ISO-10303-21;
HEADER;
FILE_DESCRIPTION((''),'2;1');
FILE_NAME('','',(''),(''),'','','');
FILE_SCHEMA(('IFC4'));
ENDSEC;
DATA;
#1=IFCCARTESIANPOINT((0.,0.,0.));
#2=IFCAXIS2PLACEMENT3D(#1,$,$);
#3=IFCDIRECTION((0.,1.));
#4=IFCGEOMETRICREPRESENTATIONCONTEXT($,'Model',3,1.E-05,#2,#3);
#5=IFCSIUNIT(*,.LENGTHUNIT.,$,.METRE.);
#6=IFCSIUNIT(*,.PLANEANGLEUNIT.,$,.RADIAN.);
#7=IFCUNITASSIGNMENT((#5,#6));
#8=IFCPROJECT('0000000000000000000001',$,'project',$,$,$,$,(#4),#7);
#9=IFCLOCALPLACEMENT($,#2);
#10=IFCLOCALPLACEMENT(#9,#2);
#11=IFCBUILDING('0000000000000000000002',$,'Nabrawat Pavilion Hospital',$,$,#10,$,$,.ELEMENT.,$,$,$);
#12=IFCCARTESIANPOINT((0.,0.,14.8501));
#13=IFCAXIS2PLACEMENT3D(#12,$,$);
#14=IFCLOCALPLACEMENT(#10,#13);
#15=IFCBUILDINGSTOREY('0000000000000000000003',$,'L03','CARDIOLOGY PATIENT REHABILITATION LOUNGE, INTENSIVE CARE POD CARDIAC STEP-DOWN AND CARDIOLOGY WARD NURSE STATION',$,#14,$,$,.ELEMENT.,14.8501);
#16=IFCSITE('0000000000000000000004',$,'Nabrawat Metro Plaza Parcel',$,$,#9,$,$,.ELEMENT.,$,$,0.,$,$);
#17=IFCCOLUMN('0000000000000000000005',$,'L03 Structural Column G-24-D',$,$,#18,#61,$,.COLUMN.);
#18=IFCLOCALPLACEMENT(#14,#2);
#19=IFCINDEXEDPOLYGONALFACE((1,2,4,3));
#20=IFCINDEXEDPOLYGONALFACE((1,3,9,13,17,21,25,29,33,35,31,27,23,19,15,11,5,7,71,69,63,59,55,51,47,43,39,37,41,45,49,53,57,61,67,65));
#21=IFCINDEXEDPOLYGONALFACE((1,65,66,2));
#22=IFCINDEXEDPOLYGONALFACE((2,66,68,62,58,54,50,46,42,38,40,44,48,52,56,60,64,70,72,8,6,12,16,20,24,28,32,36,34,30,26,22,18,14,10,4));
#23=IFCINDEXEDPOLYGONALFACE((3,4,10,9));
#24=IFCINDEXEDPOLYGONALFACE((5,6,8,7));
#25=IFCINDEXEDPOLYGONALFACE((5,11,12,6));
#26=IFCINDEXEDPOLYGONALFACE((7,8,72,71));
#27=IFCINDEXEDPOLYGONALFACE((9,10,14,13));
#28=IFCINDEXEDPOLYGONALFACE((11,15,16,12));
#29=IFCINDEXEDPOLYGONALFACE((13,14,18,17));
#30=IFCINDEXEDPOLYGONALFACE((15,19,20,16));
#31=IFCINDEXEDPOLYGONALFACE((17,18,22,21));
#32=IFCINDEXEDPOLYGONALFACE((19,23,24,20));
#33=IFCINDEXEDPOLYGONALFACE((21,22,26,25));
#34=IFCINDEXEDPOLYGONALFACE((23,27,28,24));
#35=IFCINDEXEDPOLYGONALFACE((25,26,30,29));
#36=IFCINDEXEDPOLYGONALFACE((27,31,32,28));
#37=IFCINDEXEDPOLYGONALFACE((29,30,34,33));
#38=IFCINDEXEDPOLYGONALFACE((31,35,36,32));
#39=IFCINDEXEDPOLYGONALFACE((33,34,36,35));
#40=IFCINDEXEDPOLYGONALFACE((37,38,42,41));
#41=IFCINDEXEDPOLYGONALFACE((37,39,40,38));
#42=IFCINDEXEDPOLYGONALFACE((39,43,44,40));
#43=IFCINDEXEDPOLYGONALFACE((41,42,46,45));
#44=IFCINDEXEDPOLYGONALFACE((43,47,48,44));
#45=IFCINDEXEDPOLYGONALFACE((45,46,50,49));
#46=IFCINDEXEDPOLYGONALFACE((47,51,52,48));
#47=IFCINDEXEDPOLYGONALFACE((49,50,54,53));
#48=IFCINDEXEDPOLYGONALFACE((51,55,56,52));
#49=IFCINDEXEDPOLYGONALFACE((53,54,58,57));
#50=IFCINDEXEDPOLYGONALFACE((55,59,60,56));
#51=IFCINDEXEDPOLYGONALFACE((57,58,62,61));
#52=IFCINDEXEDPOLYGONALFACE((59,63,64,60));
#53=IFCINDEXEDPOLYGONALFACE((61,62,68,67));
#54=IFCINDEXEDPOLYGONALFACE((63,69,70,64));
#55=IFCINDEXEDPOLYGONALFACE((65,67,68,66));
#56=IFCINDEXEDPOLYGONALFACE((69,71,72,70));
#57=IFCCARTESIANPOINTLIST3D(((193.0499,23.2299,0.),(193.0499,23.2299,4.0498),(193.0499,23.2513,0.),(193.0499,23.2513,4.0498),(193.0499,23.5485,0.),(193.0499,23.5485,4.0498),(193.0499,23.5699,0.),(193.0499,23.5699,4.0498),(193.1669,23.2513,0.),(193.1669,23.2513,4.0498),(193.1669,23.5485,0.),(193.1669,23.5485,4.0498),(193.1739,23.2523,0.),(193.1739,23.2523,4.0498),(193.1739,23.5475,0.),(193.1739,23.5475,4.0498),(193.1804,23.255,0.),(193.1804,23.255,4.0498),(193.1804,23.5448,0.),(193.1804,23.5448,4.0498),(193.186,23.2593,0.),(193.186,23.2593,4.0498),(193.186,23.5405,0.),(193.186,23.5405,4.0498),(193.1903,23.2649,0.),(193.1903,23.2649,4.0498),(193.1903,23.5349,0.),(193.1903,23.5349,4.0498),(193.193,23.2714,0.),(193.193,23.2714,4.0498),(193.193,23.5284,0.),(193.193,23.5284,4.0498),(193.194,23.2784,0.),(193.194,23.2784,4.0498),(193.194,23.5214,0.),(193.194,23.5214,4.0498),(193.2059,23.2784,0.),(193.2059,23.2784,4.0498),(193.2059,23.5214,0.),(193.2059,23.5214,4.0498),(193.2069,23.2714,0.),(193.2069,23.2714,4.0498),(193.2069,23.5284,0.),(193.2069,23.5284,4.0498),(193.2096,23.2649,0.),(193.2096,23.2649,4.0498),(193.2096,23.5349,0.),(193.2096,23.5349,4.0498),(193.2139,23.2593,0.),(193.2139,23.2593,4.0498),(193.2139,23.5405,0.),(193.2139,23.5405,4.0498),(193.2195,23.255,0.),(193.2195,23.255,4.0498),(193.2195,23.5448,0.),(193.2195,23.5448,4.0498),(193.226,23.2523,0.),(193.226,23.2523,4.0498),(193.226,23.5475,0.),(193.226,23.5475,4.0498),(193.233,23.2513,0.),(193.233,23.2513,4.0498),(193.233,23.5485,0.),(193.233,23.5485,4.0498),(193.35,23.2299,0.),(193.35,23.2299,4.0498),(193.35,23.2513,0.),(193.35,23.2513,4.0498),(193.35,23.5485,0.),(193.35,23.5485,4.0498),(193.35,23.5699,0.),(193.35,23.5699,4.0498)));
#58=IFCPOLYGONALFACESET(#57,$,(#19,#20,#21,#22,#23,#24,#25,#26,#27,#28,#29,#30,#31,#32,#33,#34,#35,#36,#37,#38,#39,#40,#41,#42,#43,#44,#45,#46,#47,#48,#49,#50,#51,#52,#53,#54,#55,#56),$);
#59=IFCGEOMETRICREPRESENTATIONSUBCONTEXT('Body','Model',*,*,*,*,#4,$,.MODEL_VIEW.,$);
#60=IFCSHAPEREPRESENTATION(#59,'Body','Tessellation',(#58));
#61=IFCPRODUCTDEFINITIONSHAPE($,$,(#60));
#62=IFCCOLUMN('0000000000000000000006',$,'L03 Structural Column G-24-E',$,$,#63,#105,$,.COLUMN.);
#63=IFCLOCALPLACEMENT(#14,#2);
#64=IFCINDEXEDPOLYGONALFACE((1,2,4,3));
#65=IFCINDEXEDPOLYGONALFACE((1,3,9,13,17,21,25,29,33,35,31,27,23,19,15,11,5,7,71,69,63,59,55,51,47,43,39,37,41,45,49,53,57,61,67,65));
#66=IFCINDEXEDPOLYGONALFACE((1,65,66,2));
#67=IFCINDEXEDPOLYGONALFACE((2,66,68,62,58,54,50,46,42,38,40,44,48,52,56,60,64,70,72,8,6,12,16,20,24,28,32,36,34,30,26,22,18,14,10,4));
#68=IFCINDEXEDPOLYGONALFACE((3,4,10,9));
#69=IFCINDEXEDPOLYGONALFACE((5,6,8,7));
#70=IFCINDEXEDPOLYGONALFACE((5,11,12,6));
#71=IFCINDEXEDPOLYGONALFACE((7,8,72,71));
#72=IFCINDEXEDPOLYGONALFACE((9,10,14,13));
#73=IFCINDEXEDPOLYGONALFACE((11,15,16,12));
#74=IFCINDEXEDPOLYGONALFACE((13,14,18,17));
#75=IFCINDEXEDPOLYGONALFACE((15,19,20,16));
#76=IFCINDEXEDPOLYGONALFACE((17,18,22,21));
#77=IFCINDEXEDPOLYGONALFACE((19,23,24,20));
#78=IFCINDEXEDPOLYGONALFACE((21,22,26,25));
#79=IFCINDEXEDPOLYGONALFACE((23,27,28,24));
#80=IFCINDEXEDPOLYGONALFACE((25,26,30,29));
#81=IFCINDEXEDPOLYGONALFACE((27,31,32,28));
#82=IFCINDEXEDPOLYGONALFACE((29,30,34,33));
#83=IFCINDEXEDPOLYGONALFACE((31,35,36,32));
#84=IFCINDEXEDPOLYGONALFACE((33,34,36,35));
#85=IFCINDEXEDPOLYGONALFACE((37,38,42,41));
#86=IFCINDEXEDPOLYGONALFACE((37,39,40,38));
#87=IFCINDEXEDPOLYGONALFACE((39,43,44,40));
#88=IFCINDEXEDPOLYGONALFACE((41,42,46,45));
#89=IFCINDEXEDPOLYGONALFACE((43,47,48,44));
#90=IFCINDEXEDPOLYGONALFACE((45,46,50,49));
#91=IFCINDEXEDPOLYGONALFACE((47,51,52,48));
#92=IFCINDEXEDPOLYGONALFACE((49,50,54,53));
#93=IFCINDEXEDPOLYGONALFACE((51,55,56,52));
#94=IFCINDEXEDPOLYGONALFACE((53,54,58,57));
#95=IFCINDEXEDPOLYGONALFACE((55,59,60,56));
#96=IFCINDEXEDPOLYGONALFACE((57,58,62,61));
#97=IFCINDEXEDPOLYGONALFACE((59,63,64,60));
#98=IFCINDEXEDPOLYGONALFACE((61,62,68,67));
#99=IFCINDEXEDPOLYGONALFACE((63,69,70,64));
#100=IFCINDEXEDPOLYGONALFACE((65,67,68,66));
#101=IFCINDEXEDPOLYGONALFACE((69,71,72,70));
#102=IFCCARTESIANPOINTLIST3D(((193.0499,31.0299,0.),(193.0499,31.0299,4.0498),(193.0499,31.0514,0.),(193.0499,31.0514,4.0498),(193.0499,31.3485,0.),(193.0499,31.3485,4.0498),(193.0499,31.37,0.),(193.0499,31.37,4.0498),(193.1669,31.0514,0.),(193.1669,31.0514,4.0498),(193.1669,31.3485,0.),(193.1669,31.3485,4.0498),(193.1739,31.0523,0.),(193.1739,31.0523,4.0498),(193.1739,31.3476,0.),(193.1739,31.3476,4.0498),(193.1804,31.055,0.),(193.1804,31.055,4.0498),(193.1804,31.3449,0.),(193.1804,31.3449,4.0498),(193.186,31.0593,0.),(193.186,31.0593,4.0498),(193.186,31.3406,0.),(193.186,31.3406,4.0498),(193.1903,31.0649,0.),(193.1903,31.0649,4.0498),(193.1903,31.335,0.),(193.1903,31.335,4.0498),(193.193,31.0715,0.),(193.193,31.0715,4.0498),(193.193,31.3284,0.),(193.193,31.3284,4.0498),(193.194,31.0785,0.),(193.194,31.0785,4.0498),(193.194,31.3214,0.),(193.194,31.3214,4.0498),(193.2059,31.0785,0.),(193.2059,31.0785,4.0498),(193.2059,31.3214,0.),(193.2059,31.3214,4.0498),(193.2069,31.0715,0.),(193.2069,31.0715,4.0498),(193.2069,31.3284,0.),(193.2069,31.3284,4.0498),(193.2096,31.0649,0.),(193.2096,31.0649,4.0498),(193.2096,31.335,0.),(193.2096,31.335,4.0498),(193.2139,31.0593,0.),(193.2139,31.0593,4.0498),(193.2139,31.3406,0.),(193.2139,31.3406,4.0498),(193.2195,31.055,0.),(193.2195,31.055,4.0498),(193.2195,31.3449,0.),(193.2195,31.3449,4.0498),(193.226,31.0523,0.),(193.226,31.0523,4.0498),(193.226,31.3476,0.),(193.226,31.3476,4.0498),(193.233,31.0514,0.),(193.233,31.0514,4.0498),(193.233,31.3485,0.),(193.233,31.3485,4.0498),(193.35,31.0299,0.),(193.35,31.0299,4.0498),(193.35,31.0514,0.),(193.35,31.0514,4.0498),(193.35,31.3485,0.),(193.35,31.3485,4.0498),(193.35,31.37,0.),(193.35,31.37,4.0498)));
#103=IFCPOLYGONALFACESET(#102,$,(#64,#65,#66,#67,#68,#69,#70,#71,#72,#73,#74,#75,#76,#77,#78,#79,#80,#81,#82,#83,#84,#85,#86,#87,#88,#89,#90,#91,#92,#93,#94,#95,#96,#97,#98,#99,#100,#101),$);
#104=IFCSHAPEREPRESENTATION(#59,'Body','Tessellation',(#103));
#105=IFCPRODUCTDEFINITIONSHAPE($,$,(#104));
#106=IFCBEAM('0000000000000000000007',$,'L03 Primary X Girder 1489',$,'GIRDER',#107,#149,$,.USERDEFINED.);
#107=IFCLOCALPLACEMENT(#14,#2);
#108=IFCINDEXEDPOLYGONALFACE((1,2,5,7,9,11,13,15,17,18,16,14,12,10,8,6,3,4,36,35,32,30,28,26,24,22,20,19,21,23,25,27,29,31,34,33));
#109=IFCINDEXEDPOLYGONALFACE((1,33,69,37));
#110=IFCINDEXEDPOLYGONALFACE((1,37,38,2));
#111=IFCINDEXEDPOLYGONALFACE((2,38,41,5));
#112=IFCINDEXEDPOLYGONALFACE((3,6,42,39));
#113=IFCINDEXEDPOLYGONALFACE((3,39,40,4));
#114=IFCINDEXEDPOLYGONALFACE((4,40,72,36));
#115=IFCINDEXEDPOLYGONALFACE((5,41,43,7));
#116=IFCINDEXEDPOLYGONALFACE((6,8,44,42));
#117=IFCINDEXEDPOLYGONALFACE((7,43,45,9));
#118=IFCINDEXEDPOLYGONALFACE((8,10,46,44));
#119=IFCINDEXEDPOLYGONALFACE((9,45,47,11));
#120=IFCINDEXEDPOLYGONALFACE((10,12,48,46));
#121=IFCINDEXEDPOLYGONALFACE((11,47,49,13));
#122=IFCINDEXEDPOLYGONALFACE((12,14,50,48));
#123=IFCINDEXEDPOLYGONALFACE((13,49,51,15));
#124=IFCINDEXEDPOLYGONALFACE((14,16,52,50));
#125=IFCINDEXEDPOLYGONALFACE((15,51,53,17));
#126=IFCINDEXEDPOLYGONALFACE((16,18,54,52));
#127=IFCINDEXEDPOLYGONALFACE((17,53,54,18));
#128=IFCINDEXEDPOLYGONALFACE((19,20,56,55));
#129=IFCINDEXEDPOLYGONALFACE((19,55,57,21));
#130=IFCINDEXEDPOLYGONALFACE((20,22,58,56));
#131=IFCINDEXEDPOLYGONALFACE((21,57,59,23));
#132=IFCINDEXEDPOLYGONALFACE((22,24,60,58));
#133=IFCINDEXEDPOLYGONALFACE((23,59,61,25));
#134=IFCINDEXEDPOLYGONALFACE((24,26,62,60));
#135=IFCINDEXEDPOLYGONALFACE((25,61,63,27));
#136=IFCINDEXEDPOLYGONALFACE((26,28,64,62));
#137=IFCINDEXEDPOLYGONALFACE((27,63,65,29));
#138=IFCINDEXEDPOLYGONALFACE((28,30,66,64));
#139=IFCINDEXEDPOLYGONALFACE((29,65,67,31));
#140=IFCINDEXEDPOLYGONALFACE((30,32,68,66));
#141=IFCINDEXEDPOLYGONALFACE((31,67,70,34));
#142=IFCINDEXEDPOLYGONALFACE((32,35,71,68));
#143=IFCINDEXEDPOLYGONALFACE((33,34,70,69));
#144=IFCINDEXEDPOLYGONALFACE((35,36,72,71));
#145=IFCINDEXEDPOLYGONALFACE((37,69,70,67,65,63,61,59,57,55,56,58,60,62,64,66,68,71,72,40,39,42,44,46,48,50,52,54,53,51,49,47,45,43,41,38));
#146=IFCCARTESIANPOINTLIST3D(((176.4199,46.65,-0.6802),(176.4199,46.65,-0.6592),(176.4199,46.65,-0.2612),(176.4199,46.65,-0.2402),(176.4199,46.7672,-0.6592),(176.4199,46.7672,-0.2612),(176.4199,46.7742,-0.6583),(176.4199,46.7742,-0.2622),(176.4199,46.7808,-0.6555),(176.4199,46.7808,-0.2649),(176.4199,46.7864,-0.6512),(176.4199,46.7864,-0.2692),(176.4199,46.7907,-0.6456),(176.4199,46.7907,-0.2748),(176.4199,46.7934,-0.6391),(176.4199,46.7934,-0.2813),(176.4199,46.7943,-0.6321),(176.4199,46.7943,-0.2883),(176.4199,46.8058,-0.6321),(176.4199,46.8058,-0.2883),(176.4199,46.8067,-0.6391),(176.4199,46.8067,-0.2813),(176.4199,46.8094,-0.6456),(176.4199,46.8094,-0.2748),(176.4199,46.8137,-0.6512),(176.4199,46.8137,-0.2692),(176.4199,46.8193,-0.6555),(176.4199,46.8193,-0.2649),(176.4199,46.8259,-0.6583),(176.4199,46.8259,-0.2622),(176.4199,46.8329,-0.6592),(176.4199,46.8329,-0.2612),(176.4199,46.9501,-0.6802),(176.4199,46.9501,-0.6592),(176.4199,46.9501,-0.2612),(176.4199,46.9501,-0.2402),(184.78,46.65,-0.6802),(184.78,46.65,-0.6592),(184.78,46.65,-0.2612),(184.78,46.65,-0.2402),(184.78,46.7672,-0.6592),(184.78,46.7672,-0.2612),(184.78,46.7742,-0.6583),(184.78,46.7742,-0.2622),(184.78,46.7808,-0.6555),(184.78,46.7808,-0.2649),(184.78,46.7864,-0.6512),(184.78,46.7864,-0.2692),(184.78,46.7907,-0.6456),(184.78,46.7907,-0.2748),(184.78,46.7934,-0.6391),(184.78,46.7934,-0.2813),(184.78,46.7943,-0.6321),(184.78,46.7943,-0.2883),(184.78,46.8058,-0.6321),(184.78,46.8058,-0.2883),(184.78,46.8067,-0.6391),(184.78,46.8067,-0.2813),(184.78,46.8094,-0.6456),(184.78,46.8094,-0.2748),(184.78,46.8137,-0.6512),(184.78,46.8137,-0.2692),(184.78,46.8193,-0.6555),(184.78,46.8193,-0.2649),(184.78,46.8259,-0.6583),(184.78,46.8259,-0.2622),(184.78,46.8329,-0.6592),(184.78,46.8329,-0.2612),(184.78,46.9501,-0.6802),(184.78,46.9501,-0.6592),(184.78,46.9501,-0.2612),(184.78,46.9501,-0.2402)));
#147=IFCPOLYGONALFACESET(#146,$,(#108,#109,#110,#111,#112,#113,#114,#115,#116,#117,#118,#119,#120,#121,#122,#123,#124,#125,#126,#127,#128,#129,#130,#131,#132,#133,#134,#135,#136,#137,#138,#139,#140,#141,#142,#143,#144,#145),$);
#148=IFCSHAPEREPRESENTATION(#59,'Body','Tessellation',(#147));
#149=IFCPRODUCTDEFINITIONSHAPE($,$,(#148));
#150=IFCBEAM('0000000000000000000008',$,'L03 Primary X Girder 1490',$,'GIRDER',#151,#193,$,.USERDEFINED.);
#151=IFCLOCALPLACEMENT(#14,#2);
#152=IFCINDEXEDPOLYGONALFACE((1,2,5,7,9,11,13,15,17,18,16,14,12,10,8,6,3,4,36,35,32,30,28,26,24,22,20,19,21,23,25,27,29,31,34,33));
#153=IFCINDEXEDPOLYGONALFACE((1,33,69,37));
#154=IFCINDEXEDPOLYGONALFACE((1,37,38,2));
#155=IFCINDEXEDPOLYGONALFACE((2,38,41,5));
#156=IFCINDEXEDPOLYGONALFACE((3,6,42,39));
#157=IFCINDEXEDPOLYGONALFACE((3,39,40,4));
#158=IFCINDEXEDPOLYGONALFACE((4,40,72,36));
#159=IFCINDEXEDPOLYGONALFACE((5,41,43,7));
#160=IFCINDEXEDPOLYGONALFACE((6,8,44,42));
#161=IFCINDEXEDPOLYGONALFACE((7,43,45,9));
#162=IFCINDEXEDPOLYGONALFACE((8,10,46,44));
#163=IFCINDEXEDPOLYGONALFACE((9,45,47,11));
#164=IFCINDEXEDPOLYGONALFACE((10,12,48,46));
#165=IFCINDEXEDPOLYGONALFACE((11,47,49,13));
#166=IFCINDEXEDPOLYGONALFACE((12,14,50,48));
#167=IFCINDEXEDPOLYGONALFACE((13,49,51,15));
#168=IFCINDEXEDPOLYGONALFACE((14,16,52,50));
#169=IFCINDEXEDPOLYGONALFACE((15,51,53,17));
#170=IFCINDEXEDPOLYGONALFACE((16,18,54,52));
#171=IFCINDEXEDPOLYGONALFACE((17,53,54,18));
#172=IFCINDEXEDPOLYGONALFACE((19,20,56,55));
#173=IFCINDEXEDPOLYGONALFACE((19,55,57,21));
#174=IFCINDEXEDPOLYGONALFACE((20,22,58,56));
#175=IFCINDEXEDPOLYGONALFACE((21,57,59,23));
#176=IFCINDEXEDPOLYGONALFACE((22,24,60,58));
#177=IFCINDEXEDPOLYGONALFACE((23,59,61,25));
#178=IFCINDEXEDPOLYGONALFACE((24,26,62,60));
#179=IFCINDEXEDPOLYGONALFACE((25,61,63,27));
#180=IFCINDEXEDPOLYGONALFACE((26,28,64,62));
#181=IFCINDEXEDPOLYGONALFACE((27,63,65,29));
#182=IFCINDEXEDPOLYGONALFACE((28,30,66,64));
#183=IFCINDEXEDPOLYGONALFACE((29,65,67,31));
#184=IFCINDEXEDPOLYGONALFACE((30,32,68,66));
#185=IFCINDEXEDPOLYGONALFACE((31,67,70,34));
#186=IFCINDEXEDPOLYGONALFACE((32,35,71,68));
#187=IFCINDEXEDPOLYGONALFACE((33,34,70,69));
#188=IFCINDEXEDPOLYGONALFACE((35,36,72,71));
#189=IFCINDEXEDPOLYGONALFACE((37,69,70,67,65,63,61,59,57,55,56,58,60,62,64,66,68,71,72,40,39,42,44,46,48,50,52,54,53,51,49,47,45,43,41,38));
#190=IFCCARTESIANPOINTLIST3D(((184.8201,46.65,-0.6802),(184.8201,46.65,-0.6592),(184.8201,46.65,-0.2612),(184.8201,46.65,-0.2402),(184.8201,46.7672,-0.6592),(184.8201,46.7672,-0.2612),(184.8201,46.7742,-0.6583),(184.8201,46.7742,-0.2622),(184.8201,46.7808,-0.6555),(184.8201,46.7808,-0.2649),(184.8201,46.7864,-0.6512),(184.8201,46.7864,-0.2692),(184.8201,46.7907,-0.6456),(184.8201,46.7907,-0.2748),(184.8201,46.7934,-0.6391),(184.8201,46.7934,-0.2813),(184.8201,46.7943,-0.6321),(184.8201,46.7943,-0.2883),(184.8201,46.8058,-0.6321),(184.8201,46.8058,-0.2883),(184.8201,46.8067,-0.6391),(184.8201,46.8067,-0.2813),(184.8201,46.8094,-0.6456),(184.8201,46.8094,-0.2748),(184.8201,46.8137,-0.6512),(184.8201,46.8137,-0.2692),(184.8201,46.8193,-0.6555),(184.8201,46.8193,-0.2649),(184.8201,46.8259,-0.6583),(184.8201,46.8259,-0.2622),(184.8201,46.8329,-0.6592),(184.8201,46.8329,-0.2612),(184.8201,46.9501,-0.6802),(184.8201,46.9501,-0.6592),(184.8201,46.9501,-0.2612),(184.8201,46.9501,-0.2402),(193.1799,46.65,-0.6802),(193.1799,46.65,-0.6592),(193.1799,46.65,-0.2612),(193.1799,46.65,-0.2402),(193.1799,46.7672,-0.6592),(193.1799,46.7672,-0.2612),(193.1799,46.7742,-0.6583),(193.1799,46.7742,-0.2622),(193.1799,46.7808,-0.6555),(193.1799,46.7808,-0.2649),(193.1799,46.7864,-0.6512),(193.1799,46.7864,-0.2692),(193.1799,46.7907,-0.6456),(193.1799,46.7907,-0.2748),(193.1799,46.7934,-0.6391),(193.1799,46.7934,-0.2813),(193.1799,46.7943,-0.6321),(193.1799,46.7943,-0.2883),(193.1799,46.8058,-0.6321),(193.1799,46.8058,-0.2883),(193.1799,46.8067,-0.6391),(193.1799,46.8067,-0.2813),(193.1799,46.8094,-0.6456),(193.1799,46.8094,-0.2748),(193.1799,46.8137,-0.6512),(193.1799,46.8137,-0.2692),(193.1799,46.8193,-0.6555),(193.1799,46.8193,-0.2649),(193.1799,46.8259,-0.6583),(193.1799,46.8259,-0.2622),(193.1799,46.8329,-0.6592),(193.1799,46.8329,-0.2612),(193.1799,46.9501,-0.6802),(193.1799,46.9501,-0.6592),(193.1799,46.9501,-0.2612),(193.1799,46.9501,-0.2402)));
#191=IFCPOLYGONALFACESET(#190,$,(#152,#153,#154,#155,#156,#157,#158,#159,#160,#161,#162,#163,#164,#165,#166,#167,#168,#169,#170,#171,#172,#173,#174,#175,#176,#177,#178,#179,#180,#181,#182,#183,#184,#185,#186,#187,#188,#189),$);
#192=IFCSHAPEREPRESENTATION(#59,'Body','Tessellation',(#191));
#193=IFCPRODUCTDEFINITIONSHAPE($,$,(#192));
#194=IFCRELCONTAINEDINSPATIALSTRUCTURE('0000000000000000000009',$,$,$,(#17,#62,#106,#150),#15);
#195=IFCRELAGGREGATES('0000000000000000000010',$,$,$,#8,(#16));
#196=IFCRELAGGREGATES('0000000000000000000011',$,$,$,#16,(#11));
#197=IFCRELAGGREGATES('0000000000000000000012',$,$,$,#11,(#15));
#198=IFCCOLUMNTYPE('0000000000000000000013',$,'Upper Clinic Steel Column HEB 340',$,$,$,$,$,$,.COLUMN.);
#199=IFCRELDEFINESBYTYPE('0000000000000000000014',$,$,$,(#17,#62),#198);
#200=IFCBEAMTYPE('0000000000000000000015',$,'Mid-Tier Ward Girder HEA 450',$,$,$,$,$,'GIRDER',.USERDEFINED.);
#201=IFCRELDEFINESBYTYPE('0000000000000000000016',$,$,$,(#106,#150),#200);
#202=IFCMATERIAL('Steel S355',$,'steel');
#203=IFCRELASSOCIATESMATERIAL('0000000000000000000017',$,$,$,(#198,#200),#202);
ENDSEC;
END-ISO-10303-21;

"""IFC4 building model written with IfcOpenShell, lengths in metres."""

from ifc_helpers import new_model, si_unit, direction, frame, origin, origin_2d, place, context, subcontext, project, spatial, i_section, extrude, material, material_profile, profile_set, type_object, element, save


model = new_model("IFC4")

# Units and contexts
model_context = context("Model", 3, precision=1e-05, world=origin(), true_north=direction((0.0, 1.0)))
body_context = subcontext(model_context, "Body", "Model", "MODEL_VIEW")
ifc_project = project(units=[si_unit("LENGTHUNIT", "METRE"), si_unit("PLANEANGLEUNIT", "RADIAN")], contexts=[model_context])

# Site, building, storey
site_placement = place(None, origin())
site = spatial("IfcSite", under=ifc_project, at=site_placement, Name="Nabrawat Metro Plaza Parcel", CompositionType="ELEMENT", RefElevation=0.0)
building_placement = place(site_placement, origin())
building = spatial("IfcBuilding", under=site, at=building_placement, Name="Nabrawat Pavilion Hospital", CompositionType="ELEMENT")
storey_placement = place(building_placement, frame((0.0, 0.0, 14.8501)))
storey = spatial("IfcBuildingStorey", under=building, at=storey_placement, Name="L03", Description="CARDIOLOGY PATIENT REHABILITATION LOUNGE, INTENSIVE CARE POD CARDIAC STEP-DOWN AND CARDIOLOGY WARD NURSE STATION", CompositionType="ELEMENT", Elevation=14.8501)

# Columns
ifc_material_1 = material(Name="Steel S355", Category="steel")
ifc_material_profile_1 = material_profile(ifc_material_1, i_section(OverallWidth=0.3, OverallDepth=0.3401, WebThickness=0.012, FlangeThickness=0.0215, FilletRadius=0.0271, at=origin_2d()), Name="HEB 340")
ifc_profile_set_1 = profile_set([ifc_material_profile_1], Name="Steel S355")
column_type_1 = type_object("IfcColumnType", Name="Upper Clinic Steel Column HEB 340", PredefinedType="COLUMN", material=ifc_profile_set_1)
for number, where, z_axis, x_axis, name in (
    (1, (193.2, 23.3999, 0.0), (0.0, 0.0, 1.0), (1.0, 0.0, 0.0), "L03 Structural Column G-24-D"),
    (2, (193.2, 31.2, 0.0), (0.0, 0.0, 1.0), (1.0, 0.0, 0.0), "L03 Structural Column G-24-E"),
):
    element("IfcColumn", number, at=place(storey_placement, frame(where, z_axis=z_axis, x_axis=x_axis)), inside=storey, type_object=column_type_1, Name=name, PredefinedType="COLUMN", context=body_context, shape_type="SweptSolid", body=[
        extrude(i_section(OverallWidth=0.3, OverallDepth=0.3401, WebThickness=0.012, FlangeThickness=0.0215, FilletRadius=0.0271, at=origin_2d()), origin(), (0.0, 0.0, 1.0), 4.0498),
    ])

# Beams
ifc_material_profile_2 = material_profile(ifc_material_1, i_section(OverallWidth=0.3, OverallDepth=0.4399, WebThickness=0.0115, FlangeThickness=0.021, FilletRadius=0.0271, at=origin_2d()), Name="HEA 450")
ifc_profile_set_2 = profile_set([ifc_material_profile_2], Name="Steel S355")
beam_type_1 = type_object("IfcBeamType", Name="Mid-Tier Ward Girder HEA 450", ElementType="GIRDER", PredefinedType="USERDEFINED", material=ifc_profile_set_2)
beam_1_placement = place(storey_placement, frame((176.4199, 46.8, -0.4602), z_axis=(1.0, 0.0, 0.0), x_axis=(0.0, 1.0, 0.0)))
element("IfcBeam", 3, at=beam_1_placement, inside=storey, type_object=beam_type_1, Name="L03 Primary X Girder 1489", ObjectType="GIRDER", PredefinedType="USERDEFINED", context=body_context, shape_type="SweptSolid", body=[
    extrude(i_section(OverallWidth=0.3, OverallDepth=0.4399, WebThickness=0.0115, FlangeThickness=0.021, FilletRadius=0.0271, at=origin_2d()), origin(), (0.0, 0.0, 1.0), 8.3601),
])
beam_2_placement = place(storey_placement, frame((184.8201, 46.8, -0.4602), z_axis=(1.0, 0.0, 0.0), x_axis=(0.0, 1.0, 0.0)))
element("IfcBeam", 4, at=beam_2_placement, inside=storey, type_object=beam_type_1, Name="L03 Primary X Girder 1490", ObjectType="GIRDER", PredefinedType="USERDEFINED", context=body_context, shape_type="SweptSolid", body=[
    extrude(i_section(OverallWidth=0.3, OverallDepth=0.4399, WebThickness=0.0115, FlangeThickness=0.021, FilletRadius=0.0271, at=origin_2d()), origin(), (0.0, 0.0, 1.0), 8.3599),
])

save(model, "model.ifc")
